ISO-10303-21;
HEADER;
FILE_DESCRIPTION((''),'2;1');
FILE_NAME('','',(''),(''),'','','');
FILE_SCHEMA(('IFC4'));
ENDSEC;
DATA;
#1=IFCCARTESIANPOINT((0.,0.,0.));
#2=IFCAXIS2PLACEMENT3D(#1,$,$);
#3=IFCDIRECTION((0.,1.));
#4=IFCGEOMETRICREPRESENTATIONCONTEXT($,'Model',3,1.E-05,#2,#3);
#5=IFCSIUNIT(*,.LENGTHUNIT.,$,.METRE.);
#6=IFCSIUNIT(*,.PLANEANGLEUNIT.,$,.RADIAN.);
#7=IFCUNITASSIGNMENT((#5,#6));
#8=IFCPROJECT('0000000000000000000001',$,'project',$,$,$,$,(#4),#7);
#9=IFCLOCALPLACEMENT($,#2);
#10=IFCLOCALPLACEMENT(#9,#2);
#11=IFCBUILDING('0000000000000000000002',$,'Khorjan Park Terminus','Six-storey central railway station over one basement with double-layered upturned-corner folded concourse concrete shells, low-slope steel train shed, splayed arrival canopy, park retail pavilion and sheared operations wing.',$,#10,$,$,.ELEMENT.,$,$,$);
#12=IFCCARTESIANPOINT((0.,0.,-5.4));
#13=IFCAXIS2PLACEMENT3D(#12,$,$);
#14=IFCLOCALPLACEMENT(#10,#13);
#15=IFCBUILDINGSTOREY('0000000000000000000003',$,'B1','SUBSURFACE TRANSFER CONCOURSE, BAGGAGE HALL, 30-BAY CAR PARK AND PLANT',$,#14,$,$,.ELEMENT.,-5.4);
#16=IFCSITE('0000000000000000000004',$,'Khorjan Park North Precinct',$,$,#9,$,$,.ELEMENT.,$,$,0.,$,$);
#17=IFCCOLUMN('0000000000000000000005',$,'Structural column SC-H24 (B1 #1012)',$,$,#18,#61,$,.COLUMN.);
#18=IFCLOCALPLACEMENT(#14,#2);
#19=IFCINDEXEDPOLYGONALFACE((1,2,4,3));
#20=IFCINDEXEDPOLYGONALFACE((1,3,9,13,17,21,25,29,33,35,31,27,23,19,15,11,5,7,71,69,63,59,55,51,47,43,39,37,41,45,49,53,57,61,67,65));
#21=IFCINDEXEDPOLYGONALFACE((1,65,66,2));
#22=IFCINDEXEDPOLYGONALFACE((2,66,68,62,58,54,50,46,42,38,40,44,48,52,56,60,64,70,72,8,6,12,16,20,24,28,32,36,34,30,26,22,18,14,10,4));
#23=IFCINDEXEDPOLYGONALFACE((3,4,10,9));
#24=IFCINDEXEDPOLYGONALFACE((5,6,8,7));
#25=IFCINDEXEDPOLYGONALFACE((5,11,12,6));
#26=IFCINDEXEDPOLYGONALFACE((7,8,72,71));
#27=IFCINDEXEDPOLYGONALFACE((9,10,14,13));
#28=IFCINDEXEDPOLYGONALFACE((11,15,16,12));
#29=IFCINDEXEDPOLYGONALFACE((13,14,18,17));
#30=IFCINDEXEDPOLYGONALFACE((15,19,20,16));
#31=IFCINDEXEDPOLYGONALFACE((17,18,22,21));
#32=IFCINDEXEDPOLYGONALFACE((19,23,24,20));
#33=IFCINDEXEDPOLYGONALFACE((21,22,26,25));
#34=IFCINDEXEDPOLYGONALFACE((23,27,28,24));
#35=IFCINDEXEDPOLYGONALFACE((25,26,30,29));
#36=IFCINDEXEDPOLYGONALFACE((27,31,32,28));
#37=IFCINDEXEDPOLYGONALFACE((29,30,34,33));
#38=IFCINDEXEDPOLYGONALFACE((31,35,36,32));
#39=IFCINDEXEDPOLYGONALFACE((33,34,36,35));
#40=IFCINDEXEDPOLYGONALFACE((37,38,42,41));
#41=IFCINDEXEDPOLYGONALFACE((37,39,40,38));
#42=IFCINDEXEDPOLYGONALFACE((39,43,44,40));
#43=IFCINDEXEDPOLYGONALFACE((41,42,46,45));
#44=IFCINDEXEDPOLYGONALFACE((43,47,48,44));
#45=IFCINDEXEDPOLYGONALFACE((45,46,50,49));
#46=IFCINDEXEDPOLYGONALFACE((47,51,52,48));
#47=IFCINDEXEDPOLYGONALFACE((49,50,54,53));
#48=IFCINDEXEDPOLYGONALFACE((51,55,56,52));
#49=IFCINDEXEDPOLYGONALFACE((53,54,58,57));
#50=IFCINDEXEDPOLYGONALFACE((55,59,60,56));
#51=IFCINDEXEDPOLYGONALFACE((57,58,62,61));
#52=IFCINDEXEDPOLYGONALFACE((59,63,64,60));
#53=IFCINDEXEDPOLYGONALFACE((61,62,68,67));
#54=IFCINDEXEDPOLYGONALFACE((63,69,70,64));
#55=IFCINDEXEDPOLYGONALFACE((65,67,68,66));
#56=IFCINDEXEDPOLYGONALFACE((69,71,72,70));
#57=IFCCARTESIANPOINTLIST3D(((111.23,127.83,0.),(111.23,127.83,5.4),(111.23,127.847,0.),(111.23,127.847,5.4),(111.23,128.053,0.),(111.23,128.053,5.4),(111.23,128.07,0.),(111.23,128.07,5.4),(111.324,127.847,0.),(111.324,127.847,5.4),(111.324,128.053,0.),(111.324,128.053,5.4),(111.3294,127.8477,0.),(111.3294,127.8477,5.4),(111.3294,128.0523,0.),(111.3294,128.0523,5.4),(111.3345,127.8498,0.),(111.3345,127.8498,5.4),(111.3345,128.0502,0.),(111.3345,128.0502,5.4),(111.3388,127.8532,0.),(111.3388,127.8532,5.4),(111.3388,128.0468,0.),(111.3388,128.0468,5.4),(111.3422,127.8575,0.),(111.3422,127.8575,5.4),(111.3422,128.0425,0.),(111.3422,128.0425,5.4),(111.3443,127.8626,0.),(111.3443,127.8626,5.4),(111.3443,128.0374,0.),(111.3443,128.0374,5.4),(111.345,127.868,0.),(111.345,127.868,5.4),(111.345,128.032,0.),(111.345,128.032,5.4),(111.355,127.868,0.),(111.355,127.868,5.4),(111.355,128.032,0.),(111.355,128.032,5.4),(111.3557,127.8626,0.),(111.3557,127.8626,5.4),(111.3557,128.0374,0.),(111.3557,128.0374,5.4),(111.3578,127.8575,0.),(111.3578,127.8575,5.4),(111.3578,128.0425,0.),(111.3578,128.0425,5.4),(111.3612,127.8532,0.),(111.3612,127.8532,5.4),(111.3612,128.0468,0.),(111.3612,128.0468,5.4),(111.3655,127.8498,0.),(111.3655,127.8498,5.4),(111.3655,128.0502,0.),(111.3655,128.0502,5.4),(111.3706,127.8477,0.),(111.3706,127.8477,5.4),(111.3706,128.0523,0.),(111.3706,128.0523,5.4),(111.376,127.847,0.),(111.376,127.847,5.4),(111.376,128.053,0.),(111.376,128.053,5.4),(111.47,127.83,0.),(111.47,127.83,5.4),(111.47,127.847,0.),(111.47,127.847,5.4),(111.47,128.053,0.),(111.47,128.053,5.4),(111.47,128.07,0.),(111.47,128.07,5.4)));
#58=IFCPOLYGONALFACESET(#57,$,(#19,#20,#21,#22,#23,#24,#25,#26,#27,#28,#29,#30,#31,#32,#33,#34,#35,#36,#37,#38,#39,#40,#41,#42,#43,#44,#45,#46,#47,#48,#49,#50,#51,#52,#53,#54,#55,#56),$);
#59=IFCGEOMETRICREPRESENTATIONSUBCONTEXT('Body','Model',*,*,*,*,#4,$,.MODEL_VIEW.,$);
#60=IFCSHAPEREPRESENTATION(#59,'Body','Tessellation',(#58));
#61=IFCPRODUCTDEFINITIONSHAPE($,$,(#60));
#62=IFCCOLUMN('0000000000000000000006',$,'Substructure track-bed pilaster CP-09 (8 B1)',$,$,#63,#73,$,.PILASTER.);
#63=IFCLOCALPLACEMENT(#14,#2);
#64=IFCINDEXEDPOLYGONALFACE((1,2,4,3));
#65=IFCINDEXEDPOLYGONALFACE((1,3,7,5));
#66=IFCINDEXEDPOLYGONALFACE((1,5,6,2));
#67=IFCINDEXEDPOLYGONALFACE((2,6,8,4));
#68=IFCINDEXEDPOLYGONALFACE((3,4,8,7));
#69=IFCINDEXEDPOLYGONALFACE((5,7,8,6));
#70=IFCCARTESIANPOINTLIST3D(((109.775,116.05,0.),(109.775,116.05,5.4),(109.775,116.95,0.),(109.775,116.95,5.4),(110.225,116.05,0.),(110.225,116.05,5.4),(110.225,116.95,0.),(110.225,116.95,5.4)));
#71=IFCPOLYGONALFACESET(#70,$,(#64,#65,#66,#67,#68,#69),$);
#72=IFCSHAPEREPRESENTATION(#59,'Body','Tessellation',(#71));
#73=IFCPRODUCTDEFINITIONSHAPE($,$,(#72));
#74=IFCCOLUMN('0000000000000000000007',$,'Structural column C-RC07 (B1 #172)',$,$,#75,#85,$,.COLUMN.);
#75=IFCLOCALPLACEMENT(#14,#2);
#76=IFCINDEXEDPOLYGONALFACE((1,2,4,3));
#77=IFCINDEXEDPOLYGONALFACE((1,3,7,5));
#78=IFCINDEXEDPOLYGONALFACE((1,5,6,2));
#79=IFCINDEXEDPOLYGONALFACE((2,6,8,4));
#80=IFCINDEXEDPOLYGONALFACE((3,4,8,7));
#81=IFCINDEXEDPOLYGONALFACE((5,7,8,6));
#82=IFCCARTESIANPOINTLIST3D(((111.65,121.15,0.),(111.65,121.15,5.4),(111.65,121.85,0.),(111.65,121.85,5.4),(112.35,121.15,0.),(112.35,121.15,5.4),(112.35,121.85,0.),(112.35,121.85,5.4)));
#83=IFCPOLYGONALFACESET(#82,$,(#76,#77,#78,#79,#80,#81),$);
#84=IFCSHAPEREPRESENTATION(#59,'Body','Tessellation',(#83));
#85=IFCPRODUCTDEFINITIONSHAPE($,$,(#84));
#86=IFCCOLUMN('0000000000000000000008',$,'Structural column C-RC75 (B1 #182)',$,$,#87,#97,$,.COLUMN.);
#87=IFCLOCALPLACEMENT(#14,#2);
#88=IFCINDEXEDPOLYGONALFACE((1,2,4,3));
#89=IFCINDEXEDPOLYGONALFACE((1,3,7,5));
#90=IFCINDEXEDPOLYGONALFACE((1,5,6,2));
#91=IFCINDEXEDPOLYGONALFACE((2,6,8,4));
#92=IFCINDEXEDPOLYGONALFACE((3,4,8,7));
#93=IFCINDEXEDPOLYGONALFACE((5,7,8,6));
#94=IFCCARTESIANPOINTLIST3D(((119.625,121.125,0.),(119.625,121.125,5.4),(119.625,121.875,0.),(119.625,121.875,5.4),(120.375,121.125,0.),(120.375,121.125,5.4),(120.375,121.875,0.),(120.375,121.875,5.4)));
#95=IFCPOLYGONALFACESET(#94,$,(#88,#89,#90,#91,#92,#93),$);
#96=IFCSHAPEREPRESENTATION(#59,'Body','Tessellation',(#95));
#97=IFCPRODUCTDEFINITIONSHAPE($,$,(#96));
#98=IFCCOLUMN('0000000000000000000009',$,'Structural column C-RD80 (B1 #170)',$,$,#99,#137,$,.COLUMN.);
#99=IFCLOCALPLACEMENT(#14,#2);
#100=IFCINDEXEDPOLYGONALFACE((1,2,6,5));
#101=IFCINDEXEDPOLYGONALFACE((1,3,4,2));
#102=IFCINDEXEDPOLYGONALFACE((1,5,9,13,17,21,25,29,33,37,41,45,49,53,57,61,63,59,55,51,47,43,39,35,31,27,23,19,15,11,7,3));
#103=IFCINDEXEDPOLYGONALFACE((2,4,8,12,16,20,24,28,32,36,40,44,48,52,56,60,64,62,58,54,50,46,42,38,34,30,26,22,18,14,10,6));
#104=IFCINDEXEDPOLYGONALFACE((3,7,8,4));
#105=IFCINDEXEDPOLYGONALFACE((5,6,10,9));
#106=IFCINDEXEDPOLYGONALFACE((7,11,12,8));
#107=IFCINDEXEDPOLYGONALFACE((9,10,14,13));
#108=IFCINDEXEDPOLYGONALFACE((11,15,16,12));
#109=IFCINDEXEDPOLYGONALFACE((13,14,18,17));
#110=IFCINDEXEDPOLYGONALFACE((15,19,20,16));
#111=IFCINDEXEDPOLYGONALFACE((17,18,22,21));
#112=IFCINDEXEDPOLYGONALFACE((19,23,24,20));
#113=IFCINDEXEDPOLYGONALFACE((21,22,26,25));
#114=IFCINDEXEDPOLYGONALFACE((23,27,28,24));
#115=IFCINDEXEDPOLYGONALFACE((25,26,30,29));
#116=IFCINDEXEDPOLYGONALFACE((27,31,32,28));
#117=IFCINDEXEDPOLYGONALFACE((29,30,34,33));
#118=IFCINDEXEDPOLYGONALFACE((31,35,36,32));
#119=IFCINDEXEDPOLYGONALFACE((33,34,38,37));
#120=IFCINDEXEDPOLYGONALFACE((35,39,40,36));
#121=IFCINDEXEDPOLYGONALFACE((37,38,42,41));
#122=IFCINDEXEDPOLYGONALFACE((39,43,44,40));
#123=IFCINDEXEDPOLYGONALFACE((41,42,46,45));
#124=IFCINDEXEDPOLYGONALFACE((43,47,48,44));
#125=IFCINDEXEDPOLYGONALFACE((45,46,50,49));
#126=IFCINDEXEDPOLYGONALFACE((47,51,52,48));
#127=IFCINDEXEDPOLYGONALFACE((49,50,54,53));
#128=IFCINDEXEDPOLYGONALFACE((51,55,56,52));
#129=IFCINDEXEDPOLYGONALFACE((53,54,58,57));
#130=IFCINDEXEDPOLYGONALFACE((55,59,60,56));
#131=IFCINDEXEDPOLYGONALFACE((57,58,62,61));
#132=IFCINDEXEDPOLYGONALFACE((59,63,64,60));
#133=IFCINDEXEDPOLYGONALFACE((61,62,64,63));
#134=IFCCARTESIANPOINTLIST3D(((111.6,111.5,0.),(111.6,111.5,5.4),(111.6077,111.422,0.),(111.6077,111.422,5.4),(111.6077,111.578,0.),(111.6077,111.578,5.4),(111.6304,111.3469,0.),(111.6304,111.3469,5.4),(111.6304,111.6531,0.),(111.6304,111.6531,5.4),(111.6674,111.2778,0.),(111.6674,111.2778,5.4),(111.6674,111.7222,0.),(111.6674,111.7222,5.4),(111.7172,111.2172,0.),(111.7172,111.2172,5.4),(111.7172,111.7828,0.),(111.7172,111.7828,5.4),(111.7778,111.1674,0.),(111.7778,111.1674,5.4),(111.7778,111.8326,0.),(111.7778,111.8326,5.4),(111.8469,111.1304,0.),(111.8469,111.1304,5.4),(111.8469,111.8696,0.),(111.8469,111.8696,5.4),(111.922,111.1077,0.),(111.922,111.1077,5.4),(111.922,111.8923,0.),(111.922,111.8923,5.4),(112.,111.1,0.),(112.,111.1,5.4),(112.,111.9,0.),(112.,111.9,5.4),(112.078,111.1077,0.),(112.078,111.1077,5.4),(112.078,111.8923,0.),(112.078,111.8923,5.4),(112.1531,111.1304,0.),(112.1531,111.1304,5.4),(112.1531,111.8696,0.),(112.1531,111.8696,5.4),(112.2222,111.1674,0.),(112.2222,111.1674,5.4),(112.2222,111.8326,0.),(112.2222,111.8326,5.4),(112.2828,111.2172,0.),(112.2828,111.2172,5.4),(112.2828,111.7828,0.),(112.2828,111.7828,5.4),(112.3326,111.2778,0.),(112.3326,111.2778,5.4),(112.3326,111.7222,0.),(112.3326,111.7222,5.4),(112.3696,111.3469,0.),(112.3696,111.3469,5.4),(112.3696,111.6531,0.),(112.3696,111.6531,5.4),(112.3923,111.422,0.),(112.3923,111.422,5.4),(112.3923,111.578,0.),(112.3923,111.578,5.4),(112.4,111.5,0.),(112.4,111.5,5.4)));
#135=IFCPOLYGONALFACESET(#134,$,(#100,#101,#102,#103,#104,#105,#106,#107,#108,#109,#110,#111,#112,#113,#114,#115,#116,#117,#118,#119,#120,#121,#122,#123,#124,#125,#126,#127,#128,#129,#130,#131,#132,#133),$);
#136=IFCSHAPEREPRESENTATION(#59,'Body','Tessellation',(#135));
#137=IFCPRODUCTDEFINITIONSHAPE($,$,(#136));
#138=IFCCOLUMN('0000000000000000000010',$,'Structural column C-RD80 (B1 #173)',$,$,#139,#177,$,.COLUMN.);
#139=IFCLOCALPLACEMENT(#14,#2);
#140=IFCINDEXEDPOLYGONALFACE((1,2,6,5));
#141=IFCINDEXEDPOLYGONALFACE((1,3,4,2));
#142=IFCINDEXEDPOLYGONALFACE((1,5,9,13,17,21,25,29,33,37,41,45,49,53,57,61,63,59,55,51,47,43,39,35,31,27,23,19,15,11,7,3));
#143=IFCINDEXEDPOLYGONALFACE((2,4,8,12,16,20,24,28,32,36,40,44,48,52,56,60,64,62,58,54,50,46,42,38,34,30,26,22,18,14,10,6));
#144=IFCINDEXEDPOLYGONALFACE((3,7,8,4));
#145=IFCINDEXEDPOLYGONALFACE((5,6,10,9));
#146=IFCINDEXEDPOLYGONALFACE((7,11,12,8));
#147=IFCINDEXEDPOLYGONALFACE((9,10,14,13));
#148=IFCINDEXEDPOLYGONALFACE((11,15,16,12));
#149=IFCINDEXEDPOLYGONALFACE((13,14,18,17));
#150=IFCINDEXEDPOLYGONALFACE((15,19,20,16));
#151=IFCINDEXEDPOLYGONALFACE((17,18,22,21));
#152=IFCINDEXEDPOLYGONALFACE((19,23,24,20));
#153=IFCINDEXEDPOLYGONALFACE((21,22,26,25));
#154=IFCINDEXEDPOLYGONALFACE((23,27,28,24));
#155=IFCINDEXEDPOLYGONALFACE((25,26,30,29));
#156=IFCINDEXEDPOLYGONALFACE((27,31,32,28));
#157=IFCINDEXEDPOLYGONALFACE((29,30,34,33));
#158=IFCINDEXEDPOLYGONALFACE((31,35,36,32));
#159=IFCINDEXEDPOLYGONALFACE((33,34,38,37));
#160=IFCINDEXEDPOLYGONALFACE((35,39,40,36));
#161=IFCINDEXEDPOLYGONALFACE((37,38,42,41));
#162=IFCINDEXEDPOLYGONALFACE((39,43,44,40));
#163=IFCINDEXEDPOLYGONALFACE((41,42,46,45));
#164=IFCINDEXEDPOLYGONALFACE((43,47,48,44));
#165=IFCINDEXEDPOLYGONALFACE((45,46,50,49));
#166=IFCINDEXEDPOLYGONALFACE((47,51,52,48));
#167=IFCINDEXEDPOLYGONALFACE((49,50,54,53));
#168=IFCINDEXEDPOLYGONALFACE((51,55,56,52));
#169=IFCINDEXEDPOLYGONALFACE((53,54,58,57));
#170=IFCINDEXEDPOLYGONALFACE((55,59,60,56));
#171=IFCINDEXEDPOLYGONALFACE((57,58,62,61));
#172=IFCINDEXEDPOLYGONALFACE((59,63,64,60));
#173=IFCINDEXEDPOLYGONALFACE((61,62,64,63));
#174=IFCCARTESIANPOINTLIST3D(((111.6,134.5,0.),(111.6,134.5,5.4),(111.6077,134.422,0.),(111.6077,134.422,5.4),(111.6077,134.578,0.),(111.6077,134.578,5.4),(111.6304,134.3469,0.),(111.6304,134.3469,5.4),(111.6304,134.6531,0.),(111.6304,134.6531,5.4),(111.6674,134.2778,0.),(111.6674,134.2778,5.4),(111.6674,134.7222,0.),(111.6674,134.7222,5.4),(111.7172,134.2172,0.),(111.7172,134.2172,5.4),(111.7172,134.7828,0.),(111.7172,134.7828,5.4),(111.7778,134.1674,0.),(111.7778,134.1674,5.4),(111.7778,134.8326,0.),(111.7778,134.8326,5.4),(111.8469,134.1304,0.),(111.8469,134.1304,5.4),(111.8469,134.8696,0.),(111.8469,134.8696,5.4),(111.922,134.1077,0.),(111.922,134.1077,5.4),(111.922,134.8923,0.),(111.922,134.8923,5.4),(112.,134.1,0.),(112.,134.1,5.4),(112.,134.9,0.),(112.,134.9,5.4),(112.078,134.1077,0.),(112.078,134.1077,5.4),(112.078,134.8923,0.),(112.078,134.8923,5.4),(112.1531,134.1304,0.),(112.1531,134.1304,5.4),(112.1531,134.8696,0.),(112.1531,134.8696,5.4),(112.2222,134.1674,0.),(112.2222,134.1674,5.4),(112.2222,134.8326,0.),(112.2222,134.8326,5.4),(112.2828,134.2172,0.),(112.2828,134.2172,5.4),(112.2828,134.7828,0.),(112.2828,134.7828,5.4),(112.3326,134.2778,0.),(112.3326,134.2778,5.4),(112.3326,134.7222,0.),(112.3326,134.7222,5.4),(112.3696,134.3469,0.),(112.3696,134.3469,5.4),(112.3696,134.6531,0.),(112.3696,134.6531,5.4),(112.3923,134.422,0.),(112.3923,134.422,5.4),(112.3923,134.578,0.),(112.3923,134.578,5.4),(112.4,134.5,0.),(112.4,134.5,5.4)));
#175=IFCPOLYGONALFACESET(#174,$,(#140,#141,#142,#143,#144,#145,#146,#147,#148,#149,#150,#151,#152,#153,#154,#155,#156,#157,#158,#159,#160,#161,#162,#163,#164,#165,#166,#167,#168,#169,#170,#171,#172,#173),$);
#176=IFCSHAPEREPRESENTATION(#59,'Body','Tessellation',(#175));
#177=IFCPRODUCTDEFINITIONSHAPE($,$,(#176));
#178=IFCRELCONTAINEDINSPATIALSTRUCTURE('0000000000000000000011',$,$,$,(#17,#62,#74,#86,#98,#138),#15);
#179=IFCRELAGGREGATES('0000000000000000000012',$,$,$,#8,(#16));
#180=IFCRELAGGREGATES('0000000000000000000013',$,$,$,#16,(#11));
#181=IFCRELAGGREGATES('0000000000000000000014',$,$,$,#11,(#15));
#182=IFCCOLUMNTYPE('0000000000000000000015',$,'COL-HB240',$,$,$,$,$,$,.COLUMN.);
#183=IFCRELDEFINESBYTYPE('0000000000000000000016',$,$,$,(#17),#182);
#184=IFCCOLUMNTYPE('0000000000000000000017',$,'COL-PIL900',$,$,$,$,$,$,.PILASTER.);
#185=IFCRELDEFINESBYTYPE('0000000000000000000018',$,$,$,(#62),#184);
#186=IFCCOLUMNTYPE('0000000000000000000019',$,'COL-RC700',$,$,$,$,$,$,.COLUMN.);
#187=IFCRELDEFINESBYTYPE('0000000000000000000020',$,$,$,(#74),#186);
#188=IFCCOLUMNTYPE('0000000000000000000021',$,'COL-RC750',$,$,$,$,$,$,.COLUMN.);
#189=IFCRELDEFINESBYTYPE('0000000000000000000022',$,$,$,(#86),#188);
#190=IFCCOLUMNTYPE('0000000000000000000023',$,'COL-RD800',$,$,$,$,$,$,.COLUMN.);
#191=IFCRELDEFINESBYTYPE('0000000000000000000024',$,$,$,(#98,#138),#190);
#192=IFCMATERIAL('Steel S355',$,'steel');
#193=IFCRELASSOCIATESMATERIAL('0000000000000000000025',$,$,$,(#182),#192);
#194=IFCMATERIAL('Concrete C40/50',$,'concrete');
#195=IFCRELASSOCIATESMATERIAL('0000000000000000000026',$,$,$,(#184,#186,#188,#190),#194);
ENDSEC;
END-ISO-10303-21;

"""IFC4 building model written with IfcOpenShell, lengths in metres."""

from ifc_helpers import new_model, si_unit, direction, frame, origin, origin_2d, place, context, subcontext, project, spatial, rectangle, circle, i_section, extrude, material, material_profile, profile_set, type_object, element, save


model = new_model("IFC4")

# Units and contexts
model_context = context("Model", 3, precision=1e-05, world=origin(), true_north=direction((0.0, 1.0)))
body_context = subcontext(model_context, "Body", "Model", "MODEL_VIEW")
ifc_project = project(units=[si_unit("LENGTHUNIT", "METRE"), si_unit("PLANEANGLEUNIT", "RADIAN")], contexts=[model_context])

# Site, building, storey
site_placement = place(None, origin())
site = spatial("IfcSite", under=ifc_project, at=site_placement, Name="Khorjan Park North Precinct", CompositionType="ELEMENT", RefElevation=0.0)
building_placement = place(site_placement, origin())
building = spatial("IfcBuilding", under=site, at=building_placement, Name="Khorjan Park Terminus", Description="Six-storey central railway station over one basement with double-layered upturned-corner folded concourse concrete shells, low-slope steel train shed, splayed arrival canopy, park retail pavilion and sheared operations wing.", CompositionType="ELEMENT")
storey_placement = place(building_placement, frame((0.0, 0.0, -5.4)))
storey = spatial("IfcBuildingStorey", under=building, at=storey_placement, Name="B1", Description="SUBSURFACE TRANSFER CONCOURSE, BAGGAGE HALL, 30-BAY CAR PARK AND PLANT", CompositionType="ELEMENT", Elevation=-5.4)

# Shared definitions
ifc_material_1 = material(Name="Concrete C40/50", Category="concrete")

# Columns
ifc_material_2 = material(Name="Steel S355", Category="steel")
ifc_material_profile_1 = material_profile(ifc_material_2, i_section(OverallWidth=0.24, OverallDepth=0.24, WebThickness=0.01, FlangeThickness=0.017, FilletRadius=0.021, at=origin_2d()), Name="HEB 240")
ifc_profile_set_1 = profile_set([ifc_material_profile_1], Name="Steel S355")
column_type_1 = type_object("IfcColumnType", Name="COL-HB240", PredefinedType="COLUMN", material=ifc_profile_set_1)
for number, where, z_axis, x_axis, name in (
    (1, (111.35, 127.95, 0.0), (0.0, 0.0, 1.0), (1.0, 0.0, 0.0), "Structural column SC-H24 (B1 #1012)"),
):
    element("IfcColumn", number, at=place(storey_placement, frame(where, z_axis=z_axis, x_axis=x_axis)), inside=storey, type_object=column_type_1, Name=name, PredefinedType="COLUMN", context=body_context, shape_type="SweptSolid", body=[
        extrude(i_section(OverallWidth=0.24, OverallDepth=0.24, WebThickness=0.01, FlangeThickness=0.017, FilletRadius=0.021, at=origin_2d()), origin(), (0.0, 0.0, 1.0), 5.4),
    ])
ifc_material_profile_2 = material_profile(ifc_material_1, rectangle(XDim=0.45, YDim=0.9, at=origin_2d()), Name="RC 450x900")
ifc_profile_set_2 = profile_set([ifc_material_profile_2], Name="Concrete C40/50")
column_type_2 = type_object("IfcColumnType", Name="COL-PIL900", PredefinedType="PILASTER", material=ifc_profile_set_2)
column_1_placement = place(storey_placement, frame((110.0, 116.5, 0.0), z_axis=(0.0, 0.0, 1.0), x_axis=(1.0, 0.0, 0.0)))
element("IfcColumn", 2, at=column_1_placement, inside=storey, type_object=column_type_2, Name="Substructure track-bed pilaster CP-09 (8 B1)", PredefinedType="PILASTER", context=body_context, shape_type="SweptSolid", body=[
    extrude(rectangle(XDim=0.45, YDim=0.9, at=origin_2d()), origin(), (0.0, 0.0, 1.0), 5.4),
])
ifc_material_profile_3 = material_profile(ifc_material_1, rectangle(XDim=0.7, YDim=0.7, at=origin_2d()), Name="RC 700x700")
ifc_profile_set_3 = profile_set([ifc_material_profile_3], Name="Concrete C40/50")
column_type_3 = type_object("IfcColumnType", Name="COL-RC700", PredefinedType="COLUMN", material=ifc_profile_set_3)
column_2_placement = place(storey_placement, frame((112.0, 121.5, 0.0), z_axis=(0.0, 0.0, 1.0), x_axis=(1.0, 0.0, 0.0)))
element("IfcColumn", 3, at=column_2_placement, inside=storey, type_object=column_type_3, Name="Structural column C-RC07 (B1 #172)", PredefinedType="COLUMN", context=body_context, shape_type="SweptSolid", body=[
    extrude(rectangle(XDim=0.7, YDim=0.7, at=origin_2d()), origin(), (0.0, 0.0, 1.0), 5.4),
])
ifc_material_profile_4 = material_profile(ifc_material_1, rectangle(XDim=0.75, YDim=0.75, at=origin_2d()), Name="RC 750x750")
ifc_profile_set_4 = profile_set([ifc_material_profile_4], Name="Concrete C40/50")
column_type_4 = type_object("IfcColumnType", Name="COL-RC750", PredefinedType="COLUMN", material=ifc_profile_set_4)
column_3_placement = place(storey_placement, frame((120.0, 121.5, 0.0), z_axis=(0.0, 0.0, 1.0), x_axis=(1.0, 0.0, 0.0)))
element("IfcColumn", 4, at=column_3_placement, inside=storey, type_object=column_type_4, Name="Structural column C-RC75 (B1 #182)", PredefinedType="COLUMN", context=body_context, shape_type="SweptSolid", body=[
    extrude(rectangle(XDim=0.75, YDim=0.75, at=origin_2d()), origin(), (0.0, 0.0, 1.0), 5.4),
])
ifc_material_profile_5 = material_profile(ifc_material_1, circle(Radius=0.4, at=origin_2d()), Name="RC D800")
ifc_profile_set_5 = profile_set([ifc_material_profile_5], Name="Concrete C40/50")
column_type_5 = type_object("IfcColumnType", Name="COL-RD800", PredefinedType="COLUMN", material=ifc_profile_set_5)
for number, where, z_axis, x_axis, name in (
    (5, (112.0, 111.5, 0.0), (0.0, 0.0, 1.0), (1.0, 0.0, 0.0), "Structural column C-RD80 (B1 #170)"),
    (6, (112.0, 134.5, 0.0), (0.0, 0.0, 1.0), (1.0, 0.0, 0.0), "Structural column C-RD80 (B1 #173)"),
):
    element("IfcColumn", number, at=place(storey_placement, frame(where, z_axis=z_axis, x_axis=x_axis)), inside=storey, type_object=column_type_5, Name=name, PredefinedType="COLUMN", context=body_context, shape_type="SweptSolid", body=[
        extrude(circle(Radius=0.4, at=origin_2d()), origin(), (0.0, 0.0, 1.0), 5.4),
    ])

save(model, "model.ifc")
